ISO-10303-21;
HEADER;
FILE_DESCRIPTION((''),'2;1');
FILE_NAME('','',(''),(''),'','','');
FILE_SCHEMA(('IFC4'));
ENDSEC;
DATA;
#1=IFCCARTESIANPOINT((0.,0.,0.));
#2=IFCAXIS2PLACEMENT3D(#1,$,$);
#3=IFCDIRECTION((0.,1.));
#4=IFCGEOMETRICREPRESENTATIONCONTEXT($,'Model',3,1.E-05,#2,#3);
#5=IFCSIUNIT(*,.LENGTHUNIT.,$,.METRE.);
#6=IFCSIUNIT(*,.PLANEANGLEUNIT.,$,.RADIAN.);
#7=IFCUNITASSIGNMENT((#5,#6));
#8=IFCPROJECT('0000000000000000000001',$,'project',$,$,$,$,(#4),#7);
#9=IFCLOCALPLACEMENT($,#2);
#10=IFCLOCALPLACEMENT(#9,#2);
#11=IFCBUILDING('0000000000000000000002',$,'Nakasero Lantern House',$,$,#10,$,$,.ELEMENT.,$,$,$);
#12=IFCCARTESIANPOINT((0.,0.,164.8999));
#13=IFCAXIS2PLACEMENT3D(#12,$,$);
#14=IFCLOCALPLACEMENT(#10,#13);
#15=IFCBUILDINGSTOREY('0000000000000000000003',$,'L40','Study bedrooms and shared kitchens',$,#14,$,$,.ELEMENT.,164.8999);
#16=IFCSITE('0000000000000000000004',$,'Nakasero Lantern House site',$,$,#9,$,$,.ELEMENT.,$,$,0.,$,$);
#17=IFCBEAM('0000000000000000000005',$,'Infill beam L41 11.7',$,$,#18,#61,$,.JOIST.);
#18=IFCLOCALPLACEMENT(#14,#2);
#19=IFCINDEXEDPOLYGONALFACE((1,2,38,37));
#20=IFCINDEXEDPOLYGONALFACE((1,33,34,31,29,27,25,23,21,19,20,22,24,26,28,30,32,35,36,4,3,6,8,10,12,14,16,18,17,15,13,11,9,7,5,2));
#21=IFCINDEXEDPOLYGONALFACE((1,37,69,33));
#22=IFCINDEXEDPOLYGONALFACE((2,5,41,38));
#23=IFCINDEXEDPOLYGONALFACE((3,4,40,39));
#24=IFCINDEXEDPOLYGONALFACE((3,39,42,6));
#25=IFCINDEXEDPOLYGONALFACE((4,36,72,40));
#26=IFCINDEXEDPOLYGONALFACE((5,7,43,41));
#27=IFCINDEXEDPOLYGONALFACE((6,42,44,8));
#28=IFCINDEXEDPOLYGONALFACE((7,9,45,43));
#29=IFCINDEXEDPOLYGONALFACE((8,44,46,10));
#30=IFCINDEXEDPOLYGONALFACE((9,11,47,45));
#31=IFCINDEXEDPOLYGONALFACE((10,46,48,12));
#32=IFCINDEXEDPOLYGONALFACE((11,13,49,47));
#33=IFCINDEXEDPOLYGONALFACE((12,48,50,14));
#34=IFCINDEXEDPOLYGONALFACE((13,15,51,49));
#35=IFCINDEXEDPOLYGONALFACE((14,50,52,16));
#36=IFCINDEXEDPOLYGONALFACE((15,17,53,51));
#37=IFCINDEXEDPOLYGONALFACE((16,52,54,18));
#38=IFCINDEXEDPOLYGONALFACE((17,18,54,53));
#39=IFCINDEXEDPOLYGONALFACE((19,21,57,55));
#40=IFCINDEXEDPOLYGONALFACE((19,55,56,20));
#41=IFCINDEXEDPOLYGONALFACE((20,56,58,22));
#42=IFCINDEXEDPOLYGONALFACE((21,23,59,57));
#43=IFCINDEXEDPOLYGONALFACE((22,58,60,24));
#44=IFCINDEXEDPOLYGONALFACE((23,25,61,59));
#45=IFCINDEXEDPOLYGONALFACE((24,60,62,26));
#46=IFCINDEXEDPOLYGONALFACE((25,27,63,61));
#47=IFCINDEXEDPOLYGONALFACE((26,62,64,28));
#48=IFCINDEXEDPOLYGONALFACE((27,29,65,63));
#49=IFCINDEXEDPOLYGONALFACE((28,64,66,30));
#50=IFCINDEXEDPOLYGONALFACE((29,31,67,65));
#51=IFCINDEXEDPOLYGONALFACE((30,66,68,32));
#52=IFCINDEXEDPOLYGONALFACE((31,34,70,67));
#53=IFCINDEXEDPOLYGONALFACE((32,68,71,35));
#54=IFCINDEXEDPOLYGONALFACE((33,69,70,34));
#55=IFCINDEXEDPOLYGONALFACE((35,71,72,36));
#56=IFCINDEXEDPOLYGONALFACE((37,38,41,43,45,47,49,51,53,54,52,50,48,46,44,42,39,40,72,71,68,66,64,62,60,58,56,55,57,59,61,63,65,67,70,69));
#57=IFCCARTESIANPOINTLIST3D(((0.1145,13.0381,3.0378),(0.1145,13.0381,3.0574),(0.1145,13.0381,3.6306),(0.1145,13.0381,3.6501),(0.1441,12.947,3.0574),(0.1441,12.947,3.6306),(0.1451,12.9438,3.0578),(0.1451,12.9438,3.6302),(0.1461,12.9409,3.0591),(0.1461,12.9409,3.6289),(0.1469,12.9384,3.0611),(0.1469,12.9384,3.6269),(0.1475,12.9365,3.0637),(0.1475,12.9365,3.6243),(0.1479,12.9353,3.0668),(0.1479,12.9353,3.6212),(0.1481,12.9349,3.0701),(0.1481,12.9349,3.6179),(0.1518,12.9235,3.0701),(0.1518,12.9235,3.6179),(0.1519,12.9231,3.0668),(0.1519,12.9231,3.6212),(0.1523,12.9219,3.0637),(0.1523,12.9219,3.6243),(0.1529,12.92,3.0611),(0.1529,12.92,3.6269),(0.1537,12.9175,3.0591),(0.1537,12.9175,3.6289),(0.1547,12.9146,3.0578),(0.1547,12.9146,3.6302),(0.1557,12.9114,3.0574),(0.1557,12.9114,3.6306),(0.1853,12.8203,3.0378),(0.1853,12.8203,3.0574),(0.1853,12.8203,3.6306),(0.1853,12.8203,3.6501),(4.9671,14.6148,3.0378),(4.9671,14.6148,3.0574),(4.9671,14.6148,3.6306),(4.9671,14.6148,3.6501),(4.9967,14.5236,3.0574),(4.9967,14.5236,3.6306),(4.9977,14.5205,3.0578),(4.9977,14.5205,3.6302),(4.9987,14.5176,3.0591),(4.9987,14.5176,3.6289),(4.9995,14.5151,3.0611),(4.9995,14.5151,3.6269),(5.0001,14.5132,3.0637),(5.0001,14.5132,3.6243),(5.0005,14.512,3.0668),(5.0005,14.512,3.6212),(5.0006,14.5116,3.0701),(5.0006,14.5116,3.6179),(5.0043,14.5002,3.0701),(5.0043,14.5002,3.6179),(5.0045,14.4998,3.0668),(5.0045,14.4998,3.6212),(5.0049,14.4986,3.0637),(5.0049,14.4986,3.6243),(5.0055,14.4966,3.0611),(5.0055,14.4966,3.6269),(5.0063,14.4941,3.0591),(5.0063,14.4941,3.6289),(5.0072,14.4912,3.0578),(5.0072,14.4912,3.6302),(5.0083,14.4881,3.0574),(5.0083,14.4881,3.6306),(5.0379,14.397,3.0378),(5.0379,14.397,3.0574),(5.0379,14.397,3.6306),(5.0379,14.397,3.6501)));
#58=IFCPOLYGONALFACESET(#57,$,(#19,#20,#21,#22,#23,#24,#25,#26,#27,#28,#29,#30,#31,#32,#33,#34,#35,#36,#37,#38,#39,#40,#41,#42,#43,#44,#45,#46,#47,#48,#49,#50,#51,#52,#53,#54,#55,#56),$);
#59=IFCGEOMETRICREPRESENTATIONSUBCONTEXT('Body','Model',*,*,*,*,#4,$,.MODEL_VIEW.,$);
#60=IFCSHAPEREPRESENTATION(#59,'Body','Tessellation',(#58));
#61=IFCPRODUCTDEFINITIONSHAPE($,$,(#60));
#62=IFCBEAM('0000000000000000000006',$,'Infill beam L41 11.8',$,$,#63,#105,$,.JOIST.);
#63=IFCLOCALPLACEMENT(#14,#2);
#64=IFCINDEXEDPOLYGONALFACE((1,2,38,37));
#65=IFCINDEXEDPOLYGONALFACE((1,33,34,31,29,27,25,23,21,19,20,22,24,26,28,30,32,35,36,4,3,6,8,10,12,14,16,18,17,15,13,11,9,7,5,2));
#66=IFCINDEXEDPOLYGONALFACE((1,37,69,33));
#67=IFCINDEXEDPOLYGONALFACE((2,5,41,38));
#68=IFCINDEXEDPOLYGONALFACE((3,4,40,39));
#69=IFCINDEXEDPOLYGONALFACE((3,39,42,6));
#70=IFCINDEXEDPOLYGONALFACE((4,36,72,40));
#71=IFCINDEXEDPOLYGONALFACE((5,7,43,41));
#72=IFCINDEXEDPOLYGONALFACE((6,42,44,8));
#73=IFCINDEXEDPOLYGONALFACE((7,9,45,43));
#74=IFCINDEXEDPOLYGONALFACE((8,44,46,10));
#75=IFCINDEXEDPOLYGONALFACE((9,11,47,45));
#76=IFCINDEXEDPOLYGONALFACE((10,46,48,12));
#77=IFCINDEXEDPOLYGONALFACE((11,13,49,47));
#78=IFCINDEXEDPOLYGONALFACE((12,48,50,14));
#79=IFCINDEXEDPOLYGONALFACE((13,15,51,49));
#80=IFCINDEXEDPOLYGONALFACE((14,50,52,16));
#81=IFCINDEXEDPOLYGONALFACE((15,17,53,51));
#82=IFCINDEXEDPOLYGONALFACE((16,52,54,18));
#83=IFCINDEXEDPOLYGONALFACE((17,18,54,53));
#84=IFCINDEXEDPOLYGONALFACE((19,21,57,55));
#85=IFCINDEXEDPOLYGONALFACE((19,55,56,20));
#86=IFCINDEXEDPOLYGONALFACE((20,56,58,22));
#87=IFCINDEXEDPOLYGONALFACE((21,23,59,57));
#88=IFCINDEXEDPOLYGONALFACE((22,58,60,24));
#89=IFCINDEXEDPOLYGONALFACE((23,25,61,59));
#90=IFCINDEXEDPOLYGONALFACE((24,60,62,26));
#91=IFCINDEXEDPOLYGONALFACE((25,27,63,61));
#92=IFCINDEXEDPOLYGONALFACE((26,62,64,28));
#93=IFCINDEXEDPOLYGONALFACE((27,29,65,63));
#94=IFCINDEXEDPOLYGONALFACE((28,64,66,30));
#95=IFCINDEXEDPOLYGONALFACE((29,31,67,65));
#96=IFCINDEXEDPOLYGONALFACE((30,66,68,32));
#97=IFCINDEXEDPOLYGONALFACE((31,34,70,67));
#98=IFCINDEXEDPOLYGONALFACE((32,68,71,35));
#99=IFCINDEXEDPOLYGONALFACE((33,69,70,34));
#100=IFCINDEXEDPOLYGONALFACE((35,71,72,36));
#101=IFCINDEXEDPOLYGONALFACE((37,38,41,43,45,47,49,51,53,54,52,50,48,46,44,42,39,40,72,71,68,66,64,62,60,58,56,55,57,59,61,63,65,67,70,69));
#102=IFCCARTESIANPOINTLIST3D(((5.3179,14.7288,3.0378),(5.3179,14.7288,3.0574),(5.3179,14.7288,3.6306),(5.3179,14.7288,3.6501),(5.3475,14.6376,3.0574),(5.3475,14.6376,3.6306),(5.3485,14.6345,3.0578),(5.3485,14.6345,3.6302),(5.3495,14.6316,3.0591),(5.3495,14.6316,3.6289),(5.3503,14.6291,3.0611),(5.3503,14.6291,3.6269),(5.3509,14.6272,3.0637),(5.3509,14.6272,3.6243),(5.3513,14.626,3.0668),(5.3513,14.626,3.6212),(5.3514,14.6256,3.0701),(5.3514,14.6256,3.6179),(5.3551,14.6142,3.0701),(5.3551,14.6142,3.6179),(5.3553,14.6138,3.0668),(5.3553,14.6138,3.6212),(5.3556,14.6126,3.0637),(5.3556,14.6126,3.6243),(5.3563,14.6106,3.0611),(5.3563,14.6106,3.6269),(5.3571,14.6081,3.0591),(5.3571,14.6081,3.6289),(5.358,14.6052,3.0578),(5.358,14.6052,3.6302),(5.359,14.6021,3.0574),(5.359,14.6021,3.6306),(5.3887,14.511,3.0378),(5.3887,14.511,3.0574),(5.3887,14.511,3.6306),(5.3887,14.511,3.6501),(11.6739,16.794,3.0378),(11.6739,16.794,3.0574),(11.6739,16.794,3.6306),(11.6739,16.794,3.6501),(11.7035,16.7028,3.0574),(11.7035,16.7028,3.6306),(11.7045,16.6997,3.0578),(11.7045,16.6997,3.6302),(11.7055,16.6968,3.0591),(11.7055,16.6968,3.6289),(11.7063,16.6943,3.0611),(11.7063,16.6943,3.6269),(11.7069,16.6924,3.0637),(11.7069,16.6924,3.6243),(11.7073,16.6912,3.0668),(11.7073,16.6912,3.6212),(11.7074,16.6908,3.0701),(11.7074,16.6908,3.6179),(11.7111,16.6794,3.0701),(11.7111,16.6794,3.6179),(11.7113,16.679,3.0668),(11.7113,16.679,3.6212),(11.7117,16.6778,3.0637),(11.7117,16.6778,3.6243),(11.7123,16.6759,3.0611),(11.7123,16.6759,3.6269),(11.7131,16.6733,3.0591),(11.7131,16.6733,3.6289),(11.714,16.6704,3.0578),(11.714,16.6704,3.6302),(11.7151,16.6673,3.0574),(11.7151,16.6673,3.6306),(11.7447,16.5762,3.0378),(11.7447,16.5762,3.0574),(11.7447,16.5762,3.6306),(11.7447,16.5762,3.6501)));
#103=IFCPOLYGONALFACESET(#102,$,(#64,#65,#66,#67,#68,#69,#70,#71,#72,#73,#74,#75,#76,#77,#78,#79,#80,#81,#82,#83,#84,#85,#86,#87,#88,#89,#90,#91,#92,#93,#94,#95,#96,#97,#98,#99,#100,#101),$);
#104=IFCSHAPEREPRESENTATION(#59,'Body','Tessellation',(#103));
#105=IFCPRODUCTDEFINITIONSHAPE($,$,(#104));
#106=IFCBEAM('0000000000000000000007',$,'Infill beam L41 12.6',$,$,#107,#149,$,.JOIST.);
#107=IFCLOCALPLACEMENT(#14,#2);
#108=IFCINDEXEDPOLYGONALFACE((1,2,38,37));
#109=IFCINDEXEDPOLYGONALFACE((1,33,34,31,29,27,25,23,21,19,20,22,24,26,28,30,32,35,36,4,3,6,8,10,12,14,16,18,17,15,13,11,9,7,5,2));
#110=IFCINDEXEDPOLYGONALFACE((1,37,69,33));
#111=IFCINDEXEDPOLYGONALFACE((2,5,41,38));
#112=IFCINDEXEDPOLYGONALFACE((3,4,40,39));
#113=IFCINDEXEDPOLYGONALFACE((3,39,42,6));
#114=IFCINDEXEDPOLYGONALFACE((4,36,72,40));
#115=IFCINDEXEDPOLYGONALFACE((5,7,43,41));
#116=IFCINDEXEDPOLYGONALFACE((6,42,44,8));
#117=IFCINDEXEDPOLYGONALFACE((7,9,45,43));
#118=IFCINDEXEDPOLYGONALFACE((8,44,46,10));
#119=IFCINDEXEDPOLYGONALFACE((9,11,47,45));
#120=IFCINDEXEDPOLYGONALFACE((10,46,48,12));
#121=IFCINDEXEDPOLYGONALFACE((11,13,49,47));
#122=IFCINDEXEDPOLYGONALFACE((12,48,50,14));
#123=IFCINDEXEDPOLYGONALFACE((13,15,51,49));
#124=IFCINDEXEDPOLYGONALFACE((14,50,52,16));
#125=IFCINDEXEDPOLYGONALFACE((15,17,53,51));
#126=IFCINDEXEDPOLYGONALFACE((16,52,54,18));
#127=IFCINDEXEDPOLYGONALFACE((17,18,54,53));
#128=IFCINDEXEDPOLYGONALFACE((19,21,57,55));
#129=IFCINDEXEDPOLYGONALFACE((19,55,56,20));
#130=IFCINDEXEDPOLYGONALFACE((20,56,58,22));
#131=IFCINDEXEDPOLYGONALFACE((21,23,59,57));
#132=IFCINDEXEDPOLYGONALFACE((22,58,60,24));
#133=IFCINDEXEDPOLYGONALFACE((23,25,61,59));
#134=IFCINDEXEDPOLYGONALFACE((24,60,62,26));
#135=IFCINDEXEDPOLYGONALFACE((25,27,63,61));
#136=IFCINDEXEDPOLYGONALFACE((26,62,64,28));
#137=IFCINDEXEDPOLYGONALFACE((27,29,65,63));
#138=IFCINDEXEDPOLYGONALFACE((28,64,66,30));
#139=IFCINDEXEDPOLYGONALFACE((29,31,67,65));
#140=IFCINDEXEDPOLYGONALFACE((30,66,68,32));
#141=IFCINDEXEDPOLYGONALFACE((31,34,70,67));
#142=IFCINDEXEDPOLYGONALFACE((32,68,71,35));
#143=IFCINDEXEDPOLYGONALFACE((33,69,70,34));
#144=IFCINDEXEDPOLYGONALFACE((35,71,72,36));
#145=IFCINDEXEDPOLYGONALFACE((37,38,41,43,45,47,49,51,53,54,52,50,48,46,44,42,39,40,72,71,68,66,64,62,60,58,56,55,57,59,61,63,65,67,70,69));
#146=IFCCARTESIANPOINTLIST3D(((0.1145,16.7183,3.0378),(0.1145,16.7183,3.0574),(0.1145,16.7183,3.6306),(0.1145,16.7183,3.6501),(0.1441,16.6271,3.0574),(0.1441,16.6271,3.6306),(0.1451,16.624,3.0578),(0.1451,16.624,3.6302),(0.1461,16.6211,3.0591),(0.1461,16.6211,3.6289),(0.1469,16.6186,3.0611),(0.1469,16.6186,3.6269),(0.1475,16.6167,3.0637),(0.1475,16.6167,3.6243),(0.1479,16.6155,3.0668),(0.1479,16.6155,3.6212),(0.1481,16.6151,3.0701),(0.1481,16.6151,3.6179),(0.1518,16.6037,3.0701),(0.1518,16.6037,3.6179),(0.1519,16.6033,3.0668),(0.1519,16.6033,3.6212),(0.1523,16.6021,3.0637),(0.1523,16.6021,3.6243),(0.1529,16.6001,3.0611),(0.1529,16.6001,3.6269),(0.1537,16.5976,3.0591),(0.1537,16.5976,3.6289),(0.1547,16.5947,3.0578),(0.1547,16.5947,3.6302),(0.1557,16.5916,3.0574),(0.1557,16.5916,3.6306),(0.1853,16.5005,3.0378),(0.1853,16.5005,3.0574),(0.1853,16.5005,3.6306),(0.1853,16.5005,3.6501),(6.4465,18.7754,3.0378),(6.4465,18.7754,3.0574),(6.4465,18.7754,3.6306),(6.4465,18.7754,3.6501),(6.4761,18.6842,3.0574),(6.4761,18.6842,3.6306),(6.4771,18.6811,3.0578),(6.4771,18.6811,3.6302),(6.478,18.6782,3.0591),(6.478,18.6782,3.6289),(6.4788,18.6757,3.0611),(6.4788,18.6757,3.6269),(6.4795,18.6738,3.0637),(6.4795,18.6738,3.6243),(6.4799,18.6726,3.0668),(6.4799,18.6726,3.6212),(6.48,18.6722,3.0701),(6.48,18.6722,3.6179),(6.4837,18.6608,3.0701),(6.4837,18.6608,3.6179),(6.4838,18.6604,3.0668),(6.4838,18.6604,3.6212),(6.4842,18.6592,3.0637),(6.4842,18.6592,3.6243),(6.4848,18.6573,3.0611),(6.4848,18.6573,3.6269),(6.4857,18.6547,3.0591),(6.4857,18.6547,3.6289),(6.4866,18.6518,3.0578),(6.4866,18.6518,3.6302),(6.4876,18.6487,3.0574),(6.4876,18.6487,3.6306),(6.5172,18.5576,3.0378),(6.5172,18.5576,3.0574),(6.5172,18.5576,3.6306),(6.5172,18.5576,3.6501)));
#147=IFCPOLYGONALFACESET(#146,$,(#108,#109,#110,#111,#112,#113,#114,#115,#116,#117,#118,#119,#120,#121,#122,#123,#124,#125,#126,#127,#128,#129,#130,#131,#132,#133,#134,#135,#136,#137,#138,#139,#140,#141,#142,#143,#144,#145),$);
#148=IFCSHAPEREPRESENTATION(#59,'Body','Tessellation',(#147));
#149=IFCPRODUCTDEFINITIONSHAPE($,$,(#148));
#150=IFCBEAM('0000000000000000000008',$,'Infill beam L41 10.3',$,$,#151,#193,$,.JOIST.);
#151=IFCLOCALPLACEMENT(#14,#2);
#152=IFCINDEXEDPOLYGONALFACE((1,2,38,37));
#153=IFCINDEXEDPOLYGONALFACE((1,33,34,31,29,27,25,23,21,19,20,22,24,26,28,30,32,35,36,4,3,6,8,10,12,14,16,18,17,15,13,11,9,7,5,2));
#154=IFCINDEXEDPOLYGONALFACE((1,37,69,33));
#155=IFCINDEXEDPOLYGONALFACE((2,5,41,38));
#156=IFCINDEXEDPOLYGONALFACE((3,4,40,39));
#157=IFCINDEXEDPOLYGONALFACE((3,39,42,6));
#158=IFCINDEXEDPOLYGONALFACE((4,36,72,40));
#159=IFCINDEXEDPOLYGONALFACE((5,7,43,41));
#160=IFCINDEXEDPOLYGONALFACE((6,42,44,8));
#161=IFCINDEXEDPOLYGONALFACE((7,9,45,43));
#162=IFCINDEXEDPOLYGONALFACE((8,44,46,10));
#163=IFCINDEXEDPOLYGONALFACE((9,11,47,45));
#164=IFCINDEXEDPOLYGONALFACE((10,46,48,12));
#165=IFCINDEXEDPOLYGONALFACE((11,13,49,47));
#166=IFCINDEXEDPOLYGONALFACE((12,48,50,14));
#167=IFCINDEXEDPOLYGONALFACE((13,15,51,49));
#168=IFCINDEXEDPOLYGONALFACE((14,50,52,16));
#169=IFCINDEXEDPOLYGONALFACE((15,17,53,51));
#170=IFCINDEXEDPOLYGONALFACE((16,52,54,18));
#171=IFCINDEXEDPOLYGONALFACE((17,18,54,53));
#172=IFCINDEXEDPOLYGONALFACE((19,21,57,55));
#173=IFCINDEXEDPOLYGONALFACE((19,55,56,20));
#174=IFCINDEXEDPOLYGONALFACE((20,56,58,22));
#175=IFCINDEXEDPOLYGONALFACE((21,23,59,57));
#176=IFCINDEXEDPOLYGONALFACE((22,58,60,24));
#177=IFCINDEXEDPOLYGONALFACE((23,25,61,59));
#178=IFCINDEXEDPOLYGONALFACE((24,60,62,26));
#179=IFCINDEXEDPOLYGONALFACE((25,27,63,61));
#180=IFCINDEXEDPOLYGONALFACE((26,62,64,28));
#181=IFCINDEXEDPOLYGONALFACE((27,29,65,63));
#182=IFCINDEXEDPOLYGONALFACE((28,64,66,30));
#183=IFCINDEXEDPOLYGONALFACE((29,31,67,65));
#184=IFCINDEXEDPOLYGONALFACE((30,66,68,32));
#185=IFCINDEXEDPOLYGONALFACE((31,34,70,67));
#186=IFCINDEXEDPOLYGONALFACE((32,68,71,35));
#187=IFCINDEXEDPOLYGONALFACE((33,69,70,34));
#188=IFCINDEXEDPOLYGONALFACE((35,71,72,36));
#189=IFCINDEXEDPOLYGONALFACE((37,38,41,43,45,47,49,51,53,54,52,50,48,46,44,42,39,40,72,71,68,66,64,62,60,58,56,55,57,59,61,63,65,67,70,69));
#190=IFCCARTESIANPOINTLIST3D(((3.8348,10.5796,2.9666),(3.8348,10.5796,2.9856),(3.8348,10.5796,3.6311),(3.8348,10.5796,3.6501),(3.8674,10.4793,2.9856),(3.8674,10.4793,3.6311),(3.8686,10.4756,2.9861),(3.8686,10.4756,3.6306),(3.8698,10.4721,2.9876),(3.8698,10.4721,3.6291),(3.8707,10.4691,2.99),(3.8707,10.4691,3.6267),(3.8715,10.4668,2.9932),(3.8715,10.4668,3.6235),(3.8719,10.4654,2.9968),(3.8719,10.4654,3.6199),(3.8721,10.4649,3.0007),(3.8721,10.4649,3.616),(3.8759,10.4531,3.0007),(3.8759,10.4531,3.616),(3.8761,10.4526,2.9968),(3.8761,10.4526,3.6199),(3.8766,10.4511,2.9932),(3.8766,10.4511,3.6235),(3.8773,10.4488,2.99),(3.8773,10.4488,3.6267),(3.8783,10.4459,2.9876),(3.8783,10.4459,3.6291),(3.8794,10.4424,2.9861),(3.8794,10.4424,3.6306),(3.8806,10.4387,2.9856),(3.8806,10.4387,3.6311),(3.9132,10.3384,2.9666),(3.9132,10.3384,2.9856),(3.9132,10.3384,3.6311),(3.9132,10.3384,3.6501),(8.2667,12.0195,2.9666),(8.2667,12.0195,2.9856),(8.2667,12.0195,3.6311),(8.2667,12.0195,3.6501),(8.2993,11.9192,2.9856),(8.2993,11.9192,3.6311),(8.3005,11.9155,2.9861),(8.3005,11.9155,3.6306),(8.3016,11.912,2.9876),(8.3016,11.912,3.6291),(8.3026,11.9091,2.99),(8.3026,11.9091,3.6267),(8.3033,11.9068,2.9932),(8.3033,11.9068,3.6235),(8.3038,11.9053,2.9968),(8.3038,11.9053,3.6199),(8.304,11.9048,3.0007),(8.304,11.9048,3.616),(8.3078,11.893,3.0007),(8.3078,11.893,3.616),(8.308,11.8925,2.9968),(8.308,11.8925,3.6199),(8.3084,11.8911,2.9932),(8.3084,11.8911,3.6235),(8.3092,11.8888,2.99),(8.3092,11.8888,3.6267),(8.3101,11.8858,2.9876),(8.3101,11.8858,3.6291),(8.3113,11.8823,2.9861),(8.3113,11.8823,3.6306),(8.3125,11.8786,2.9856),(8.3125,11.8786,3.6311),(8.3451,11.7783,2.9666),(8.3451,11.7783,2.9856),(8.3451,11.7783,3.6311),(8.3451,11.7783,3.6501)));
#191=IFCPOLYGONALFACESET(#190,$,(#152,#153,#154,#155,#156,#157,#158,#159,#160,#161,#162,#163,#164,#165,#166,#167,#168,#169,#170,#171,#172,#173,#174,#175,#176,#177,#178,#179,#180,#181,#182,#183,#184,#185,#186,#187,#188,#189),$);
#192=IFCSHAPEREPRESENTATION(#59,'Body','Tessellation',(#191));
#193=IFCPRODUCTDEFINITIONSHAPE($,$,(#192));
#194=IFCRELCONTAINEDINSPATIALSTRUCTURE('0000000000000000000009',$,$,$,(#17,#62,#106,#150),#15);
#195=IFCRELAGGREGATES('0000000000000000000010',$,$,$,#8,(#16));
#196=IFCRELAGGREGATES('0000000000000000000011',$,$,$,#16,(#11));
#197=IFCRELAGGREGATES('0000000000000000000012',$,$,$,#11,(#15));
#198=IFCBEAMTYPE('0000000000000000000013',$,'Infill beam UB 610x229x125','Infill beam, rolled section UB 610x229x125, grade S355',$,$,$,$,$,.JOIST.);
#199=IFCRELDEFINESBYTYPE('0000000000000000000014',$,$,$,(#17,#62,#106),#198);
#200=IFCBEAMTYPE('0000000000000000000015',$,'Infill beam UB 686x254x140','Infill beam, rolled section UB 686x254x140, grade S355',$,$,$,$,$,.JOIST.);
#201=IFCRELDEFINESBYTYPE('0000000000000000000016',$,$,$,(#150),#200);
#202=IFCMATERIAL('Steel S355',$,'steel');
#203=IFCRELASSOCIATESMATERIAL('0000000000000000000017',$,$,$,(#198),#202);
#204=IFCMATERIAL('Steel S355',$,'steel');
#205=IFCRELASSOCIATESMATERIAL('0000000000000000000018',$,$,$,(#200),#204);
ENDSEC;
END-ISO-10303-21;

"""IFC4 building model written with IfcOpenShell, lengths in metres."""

from ifc_helpers import new_model, si_unit, direction, frame, origin, origin_2d, place, context, subcontext, project, spatial, i_section, extrude, material, material_profile, profile_set, type_object, element, save


model = new_model("IFC4")

# Units and contexts
model_context = context("Model", 3, precision=1e-05, world=origin(), true_north=direction((0.0, 1.0)))
body_context = subcontext(model_context, "Body", "Model", "MODEL_VIEW")
ifc_project = project(units=[si_unit("LENGTHUNIT", "METRE"), si_unit("PLANEANGLEUNIT", "RADIAN")], contexts=[model_context])

# Site, building, storey
site_placement = place(None, origin())
site = spatial("IfcSite", under=ifc_project, at=site_placement, Name="Nakasero Lantern House site", CompositionType="ELEMENT", RefElevation=0.0)
building_placement = place(site_placement, origin())
building = spatial("IfcBuilding", under=site, at=building_placement, Name="Nakasero Lantern House", CompositionType="ELEMENT")
storey_placement = place(building_placement, frame((0.0, 0.0, 164.8999)))
storey = spatial("IfcBuildingStorey", under=building, at=storey_placement, Name="L40", Description="Study bedrooms and shared kitchens", CompositionType="ELEMENT", Elevation=164.8999)

# Beams
ifc_material_1 = material(Name="Steel S355", Category="steel")
ifc_material_profile_1 = material_profile(ifc_material_1, i_section(OverallWidth=0.229, OverallDepth=0.6123, WebThickness=0.012, FlangeThickness=0.0195, FilletRadius=0.0127, at=origin_2d()), Name="UB 610x229x125")
ifc_profile_set_1 = profile_set([ifc_material_profile_1], Name="Steel S355")
beam_type_1 = type_object("IfcBeamType", Name="Infill beam UB 610x229x125", Description="Infill beam, rolled section UB 610x229x125, grade S355", PredefinedType="JOIST", material=ifc_profile_set_1)
beam_1_placement = place(storey_placement, frame((0.1499, 12.9292, 3.344), z_axis=(0.951058, 0.309012, 0.0), x_axis=(-0.309012, 0.951058, 0.0)))
element("IfcBeam", 1, at=beam_1_placement, inside=storey, type_object=beam_type_1, Name="Infill beam L41 11.7", PredefinedType="JOIST", context=body_context, shape_type="SweptSolid", body=[
    extrude(i_section(OverallWidth=0.229, OverallDepth=0.6123, WebThickness=0.012, FlangeThickness=0.0195, FilletRadius=0.0127, at=origin_2d()), origin(), (0.0, 0.0, 1.0), 5.1023),
])
beam_2_placement = place(storey_placement, frame((5.3533, 14.6199, 3.344), z_axis=(0.951056, 0.309018, 0.0), x_axis=(-0.309018, 0.951056, 0.0)))
element("IfcBeam", 2, at=beam_2_placement, inside=storey, type_object=beam_type_1, Name="Infill beam L41 11.8", PredefinedType="JOIST", context=body_context, shape_type="SweptSolid", body=[
    extrude(i_section(OverallWidth=0.229, OverallDepth=0.6123, WebThickness=0.012, FlangeThickness=0.0195, FilletRadius=0.0127, at=origin_2d()), origin(), (0.0, 0.0, 1.0), 6.6831),
])
beam_3_placement = place(storey_placement, frame((0.1499, 16.6094, 3.344), z_axis=(0.951069, 0.30898, 0.0), x_axis=(-0.30898, 0.951069, 0.0)))
element("IfcBeam", 3, at=beam_3_placement, inside=storey, type_object=beam_type_1, Name="Infill beam L41 12.6", PredefinedType="JOIST", context=body_context, shape_type="SweptSolid", body=[
    extrude(i_section(OverallWidth=0.229, OverallDepth=0.6123, WebThickness=0.012, FlangeThickness=0.0195, FilletRadius=0.0127, at=origin_2d()), origin(), (0.0, 0.0, 1.0), 6.6577),
])
ifc_material_2 = material(Name="Steel S355", Category="steel")
ifc_material_profile_2 = material_profile(ifc_material_2, i_section(OverallWidth=0.2537, OverallDepth=0.6836, WebThickness=0.0125, FlangeThickness=0.019, FilletRadius=0.0151, at=origin_2d()), Name="UB 686x254x140")
ifc_profile_set_2 = profile_set([ifc_material_profile_2], Name="Steel S355")
beam_type_2 = type_object("IfcBeamType", Name="Infill beam UB 686x254x140", Description="Infill beam, rolled section UB 686x254x140, grade S355", PredefinedType="JOIST", material=ifc_profile_set_2)
beam_4_placement = place(storey_placement, frame((3.874, 10.459, 3.3083), z_axis=(0.951061, 0.309004, 0.0), x_axis=(-0.309004, 0.951061, 0.0)))
element("IfcBeam", 4, at=beam_4_placement, inside=storey, type_object=beam_type_2, Name="Infill beam L41 10.3", PredefinedType="JOIST", context=body_context, shape_type="SweptSolid", body=[
    extrude(i_section(OverallWidth=0.2537, OverallDepth=0.6836, WebThickness=0.0125, FlangeThickness=0.019, FilletRadius=0.0151, at=origin_2d()), origin(), (0.0, 0.0, 1.0), 4.6599),
])

save(model, "model.ifc")
